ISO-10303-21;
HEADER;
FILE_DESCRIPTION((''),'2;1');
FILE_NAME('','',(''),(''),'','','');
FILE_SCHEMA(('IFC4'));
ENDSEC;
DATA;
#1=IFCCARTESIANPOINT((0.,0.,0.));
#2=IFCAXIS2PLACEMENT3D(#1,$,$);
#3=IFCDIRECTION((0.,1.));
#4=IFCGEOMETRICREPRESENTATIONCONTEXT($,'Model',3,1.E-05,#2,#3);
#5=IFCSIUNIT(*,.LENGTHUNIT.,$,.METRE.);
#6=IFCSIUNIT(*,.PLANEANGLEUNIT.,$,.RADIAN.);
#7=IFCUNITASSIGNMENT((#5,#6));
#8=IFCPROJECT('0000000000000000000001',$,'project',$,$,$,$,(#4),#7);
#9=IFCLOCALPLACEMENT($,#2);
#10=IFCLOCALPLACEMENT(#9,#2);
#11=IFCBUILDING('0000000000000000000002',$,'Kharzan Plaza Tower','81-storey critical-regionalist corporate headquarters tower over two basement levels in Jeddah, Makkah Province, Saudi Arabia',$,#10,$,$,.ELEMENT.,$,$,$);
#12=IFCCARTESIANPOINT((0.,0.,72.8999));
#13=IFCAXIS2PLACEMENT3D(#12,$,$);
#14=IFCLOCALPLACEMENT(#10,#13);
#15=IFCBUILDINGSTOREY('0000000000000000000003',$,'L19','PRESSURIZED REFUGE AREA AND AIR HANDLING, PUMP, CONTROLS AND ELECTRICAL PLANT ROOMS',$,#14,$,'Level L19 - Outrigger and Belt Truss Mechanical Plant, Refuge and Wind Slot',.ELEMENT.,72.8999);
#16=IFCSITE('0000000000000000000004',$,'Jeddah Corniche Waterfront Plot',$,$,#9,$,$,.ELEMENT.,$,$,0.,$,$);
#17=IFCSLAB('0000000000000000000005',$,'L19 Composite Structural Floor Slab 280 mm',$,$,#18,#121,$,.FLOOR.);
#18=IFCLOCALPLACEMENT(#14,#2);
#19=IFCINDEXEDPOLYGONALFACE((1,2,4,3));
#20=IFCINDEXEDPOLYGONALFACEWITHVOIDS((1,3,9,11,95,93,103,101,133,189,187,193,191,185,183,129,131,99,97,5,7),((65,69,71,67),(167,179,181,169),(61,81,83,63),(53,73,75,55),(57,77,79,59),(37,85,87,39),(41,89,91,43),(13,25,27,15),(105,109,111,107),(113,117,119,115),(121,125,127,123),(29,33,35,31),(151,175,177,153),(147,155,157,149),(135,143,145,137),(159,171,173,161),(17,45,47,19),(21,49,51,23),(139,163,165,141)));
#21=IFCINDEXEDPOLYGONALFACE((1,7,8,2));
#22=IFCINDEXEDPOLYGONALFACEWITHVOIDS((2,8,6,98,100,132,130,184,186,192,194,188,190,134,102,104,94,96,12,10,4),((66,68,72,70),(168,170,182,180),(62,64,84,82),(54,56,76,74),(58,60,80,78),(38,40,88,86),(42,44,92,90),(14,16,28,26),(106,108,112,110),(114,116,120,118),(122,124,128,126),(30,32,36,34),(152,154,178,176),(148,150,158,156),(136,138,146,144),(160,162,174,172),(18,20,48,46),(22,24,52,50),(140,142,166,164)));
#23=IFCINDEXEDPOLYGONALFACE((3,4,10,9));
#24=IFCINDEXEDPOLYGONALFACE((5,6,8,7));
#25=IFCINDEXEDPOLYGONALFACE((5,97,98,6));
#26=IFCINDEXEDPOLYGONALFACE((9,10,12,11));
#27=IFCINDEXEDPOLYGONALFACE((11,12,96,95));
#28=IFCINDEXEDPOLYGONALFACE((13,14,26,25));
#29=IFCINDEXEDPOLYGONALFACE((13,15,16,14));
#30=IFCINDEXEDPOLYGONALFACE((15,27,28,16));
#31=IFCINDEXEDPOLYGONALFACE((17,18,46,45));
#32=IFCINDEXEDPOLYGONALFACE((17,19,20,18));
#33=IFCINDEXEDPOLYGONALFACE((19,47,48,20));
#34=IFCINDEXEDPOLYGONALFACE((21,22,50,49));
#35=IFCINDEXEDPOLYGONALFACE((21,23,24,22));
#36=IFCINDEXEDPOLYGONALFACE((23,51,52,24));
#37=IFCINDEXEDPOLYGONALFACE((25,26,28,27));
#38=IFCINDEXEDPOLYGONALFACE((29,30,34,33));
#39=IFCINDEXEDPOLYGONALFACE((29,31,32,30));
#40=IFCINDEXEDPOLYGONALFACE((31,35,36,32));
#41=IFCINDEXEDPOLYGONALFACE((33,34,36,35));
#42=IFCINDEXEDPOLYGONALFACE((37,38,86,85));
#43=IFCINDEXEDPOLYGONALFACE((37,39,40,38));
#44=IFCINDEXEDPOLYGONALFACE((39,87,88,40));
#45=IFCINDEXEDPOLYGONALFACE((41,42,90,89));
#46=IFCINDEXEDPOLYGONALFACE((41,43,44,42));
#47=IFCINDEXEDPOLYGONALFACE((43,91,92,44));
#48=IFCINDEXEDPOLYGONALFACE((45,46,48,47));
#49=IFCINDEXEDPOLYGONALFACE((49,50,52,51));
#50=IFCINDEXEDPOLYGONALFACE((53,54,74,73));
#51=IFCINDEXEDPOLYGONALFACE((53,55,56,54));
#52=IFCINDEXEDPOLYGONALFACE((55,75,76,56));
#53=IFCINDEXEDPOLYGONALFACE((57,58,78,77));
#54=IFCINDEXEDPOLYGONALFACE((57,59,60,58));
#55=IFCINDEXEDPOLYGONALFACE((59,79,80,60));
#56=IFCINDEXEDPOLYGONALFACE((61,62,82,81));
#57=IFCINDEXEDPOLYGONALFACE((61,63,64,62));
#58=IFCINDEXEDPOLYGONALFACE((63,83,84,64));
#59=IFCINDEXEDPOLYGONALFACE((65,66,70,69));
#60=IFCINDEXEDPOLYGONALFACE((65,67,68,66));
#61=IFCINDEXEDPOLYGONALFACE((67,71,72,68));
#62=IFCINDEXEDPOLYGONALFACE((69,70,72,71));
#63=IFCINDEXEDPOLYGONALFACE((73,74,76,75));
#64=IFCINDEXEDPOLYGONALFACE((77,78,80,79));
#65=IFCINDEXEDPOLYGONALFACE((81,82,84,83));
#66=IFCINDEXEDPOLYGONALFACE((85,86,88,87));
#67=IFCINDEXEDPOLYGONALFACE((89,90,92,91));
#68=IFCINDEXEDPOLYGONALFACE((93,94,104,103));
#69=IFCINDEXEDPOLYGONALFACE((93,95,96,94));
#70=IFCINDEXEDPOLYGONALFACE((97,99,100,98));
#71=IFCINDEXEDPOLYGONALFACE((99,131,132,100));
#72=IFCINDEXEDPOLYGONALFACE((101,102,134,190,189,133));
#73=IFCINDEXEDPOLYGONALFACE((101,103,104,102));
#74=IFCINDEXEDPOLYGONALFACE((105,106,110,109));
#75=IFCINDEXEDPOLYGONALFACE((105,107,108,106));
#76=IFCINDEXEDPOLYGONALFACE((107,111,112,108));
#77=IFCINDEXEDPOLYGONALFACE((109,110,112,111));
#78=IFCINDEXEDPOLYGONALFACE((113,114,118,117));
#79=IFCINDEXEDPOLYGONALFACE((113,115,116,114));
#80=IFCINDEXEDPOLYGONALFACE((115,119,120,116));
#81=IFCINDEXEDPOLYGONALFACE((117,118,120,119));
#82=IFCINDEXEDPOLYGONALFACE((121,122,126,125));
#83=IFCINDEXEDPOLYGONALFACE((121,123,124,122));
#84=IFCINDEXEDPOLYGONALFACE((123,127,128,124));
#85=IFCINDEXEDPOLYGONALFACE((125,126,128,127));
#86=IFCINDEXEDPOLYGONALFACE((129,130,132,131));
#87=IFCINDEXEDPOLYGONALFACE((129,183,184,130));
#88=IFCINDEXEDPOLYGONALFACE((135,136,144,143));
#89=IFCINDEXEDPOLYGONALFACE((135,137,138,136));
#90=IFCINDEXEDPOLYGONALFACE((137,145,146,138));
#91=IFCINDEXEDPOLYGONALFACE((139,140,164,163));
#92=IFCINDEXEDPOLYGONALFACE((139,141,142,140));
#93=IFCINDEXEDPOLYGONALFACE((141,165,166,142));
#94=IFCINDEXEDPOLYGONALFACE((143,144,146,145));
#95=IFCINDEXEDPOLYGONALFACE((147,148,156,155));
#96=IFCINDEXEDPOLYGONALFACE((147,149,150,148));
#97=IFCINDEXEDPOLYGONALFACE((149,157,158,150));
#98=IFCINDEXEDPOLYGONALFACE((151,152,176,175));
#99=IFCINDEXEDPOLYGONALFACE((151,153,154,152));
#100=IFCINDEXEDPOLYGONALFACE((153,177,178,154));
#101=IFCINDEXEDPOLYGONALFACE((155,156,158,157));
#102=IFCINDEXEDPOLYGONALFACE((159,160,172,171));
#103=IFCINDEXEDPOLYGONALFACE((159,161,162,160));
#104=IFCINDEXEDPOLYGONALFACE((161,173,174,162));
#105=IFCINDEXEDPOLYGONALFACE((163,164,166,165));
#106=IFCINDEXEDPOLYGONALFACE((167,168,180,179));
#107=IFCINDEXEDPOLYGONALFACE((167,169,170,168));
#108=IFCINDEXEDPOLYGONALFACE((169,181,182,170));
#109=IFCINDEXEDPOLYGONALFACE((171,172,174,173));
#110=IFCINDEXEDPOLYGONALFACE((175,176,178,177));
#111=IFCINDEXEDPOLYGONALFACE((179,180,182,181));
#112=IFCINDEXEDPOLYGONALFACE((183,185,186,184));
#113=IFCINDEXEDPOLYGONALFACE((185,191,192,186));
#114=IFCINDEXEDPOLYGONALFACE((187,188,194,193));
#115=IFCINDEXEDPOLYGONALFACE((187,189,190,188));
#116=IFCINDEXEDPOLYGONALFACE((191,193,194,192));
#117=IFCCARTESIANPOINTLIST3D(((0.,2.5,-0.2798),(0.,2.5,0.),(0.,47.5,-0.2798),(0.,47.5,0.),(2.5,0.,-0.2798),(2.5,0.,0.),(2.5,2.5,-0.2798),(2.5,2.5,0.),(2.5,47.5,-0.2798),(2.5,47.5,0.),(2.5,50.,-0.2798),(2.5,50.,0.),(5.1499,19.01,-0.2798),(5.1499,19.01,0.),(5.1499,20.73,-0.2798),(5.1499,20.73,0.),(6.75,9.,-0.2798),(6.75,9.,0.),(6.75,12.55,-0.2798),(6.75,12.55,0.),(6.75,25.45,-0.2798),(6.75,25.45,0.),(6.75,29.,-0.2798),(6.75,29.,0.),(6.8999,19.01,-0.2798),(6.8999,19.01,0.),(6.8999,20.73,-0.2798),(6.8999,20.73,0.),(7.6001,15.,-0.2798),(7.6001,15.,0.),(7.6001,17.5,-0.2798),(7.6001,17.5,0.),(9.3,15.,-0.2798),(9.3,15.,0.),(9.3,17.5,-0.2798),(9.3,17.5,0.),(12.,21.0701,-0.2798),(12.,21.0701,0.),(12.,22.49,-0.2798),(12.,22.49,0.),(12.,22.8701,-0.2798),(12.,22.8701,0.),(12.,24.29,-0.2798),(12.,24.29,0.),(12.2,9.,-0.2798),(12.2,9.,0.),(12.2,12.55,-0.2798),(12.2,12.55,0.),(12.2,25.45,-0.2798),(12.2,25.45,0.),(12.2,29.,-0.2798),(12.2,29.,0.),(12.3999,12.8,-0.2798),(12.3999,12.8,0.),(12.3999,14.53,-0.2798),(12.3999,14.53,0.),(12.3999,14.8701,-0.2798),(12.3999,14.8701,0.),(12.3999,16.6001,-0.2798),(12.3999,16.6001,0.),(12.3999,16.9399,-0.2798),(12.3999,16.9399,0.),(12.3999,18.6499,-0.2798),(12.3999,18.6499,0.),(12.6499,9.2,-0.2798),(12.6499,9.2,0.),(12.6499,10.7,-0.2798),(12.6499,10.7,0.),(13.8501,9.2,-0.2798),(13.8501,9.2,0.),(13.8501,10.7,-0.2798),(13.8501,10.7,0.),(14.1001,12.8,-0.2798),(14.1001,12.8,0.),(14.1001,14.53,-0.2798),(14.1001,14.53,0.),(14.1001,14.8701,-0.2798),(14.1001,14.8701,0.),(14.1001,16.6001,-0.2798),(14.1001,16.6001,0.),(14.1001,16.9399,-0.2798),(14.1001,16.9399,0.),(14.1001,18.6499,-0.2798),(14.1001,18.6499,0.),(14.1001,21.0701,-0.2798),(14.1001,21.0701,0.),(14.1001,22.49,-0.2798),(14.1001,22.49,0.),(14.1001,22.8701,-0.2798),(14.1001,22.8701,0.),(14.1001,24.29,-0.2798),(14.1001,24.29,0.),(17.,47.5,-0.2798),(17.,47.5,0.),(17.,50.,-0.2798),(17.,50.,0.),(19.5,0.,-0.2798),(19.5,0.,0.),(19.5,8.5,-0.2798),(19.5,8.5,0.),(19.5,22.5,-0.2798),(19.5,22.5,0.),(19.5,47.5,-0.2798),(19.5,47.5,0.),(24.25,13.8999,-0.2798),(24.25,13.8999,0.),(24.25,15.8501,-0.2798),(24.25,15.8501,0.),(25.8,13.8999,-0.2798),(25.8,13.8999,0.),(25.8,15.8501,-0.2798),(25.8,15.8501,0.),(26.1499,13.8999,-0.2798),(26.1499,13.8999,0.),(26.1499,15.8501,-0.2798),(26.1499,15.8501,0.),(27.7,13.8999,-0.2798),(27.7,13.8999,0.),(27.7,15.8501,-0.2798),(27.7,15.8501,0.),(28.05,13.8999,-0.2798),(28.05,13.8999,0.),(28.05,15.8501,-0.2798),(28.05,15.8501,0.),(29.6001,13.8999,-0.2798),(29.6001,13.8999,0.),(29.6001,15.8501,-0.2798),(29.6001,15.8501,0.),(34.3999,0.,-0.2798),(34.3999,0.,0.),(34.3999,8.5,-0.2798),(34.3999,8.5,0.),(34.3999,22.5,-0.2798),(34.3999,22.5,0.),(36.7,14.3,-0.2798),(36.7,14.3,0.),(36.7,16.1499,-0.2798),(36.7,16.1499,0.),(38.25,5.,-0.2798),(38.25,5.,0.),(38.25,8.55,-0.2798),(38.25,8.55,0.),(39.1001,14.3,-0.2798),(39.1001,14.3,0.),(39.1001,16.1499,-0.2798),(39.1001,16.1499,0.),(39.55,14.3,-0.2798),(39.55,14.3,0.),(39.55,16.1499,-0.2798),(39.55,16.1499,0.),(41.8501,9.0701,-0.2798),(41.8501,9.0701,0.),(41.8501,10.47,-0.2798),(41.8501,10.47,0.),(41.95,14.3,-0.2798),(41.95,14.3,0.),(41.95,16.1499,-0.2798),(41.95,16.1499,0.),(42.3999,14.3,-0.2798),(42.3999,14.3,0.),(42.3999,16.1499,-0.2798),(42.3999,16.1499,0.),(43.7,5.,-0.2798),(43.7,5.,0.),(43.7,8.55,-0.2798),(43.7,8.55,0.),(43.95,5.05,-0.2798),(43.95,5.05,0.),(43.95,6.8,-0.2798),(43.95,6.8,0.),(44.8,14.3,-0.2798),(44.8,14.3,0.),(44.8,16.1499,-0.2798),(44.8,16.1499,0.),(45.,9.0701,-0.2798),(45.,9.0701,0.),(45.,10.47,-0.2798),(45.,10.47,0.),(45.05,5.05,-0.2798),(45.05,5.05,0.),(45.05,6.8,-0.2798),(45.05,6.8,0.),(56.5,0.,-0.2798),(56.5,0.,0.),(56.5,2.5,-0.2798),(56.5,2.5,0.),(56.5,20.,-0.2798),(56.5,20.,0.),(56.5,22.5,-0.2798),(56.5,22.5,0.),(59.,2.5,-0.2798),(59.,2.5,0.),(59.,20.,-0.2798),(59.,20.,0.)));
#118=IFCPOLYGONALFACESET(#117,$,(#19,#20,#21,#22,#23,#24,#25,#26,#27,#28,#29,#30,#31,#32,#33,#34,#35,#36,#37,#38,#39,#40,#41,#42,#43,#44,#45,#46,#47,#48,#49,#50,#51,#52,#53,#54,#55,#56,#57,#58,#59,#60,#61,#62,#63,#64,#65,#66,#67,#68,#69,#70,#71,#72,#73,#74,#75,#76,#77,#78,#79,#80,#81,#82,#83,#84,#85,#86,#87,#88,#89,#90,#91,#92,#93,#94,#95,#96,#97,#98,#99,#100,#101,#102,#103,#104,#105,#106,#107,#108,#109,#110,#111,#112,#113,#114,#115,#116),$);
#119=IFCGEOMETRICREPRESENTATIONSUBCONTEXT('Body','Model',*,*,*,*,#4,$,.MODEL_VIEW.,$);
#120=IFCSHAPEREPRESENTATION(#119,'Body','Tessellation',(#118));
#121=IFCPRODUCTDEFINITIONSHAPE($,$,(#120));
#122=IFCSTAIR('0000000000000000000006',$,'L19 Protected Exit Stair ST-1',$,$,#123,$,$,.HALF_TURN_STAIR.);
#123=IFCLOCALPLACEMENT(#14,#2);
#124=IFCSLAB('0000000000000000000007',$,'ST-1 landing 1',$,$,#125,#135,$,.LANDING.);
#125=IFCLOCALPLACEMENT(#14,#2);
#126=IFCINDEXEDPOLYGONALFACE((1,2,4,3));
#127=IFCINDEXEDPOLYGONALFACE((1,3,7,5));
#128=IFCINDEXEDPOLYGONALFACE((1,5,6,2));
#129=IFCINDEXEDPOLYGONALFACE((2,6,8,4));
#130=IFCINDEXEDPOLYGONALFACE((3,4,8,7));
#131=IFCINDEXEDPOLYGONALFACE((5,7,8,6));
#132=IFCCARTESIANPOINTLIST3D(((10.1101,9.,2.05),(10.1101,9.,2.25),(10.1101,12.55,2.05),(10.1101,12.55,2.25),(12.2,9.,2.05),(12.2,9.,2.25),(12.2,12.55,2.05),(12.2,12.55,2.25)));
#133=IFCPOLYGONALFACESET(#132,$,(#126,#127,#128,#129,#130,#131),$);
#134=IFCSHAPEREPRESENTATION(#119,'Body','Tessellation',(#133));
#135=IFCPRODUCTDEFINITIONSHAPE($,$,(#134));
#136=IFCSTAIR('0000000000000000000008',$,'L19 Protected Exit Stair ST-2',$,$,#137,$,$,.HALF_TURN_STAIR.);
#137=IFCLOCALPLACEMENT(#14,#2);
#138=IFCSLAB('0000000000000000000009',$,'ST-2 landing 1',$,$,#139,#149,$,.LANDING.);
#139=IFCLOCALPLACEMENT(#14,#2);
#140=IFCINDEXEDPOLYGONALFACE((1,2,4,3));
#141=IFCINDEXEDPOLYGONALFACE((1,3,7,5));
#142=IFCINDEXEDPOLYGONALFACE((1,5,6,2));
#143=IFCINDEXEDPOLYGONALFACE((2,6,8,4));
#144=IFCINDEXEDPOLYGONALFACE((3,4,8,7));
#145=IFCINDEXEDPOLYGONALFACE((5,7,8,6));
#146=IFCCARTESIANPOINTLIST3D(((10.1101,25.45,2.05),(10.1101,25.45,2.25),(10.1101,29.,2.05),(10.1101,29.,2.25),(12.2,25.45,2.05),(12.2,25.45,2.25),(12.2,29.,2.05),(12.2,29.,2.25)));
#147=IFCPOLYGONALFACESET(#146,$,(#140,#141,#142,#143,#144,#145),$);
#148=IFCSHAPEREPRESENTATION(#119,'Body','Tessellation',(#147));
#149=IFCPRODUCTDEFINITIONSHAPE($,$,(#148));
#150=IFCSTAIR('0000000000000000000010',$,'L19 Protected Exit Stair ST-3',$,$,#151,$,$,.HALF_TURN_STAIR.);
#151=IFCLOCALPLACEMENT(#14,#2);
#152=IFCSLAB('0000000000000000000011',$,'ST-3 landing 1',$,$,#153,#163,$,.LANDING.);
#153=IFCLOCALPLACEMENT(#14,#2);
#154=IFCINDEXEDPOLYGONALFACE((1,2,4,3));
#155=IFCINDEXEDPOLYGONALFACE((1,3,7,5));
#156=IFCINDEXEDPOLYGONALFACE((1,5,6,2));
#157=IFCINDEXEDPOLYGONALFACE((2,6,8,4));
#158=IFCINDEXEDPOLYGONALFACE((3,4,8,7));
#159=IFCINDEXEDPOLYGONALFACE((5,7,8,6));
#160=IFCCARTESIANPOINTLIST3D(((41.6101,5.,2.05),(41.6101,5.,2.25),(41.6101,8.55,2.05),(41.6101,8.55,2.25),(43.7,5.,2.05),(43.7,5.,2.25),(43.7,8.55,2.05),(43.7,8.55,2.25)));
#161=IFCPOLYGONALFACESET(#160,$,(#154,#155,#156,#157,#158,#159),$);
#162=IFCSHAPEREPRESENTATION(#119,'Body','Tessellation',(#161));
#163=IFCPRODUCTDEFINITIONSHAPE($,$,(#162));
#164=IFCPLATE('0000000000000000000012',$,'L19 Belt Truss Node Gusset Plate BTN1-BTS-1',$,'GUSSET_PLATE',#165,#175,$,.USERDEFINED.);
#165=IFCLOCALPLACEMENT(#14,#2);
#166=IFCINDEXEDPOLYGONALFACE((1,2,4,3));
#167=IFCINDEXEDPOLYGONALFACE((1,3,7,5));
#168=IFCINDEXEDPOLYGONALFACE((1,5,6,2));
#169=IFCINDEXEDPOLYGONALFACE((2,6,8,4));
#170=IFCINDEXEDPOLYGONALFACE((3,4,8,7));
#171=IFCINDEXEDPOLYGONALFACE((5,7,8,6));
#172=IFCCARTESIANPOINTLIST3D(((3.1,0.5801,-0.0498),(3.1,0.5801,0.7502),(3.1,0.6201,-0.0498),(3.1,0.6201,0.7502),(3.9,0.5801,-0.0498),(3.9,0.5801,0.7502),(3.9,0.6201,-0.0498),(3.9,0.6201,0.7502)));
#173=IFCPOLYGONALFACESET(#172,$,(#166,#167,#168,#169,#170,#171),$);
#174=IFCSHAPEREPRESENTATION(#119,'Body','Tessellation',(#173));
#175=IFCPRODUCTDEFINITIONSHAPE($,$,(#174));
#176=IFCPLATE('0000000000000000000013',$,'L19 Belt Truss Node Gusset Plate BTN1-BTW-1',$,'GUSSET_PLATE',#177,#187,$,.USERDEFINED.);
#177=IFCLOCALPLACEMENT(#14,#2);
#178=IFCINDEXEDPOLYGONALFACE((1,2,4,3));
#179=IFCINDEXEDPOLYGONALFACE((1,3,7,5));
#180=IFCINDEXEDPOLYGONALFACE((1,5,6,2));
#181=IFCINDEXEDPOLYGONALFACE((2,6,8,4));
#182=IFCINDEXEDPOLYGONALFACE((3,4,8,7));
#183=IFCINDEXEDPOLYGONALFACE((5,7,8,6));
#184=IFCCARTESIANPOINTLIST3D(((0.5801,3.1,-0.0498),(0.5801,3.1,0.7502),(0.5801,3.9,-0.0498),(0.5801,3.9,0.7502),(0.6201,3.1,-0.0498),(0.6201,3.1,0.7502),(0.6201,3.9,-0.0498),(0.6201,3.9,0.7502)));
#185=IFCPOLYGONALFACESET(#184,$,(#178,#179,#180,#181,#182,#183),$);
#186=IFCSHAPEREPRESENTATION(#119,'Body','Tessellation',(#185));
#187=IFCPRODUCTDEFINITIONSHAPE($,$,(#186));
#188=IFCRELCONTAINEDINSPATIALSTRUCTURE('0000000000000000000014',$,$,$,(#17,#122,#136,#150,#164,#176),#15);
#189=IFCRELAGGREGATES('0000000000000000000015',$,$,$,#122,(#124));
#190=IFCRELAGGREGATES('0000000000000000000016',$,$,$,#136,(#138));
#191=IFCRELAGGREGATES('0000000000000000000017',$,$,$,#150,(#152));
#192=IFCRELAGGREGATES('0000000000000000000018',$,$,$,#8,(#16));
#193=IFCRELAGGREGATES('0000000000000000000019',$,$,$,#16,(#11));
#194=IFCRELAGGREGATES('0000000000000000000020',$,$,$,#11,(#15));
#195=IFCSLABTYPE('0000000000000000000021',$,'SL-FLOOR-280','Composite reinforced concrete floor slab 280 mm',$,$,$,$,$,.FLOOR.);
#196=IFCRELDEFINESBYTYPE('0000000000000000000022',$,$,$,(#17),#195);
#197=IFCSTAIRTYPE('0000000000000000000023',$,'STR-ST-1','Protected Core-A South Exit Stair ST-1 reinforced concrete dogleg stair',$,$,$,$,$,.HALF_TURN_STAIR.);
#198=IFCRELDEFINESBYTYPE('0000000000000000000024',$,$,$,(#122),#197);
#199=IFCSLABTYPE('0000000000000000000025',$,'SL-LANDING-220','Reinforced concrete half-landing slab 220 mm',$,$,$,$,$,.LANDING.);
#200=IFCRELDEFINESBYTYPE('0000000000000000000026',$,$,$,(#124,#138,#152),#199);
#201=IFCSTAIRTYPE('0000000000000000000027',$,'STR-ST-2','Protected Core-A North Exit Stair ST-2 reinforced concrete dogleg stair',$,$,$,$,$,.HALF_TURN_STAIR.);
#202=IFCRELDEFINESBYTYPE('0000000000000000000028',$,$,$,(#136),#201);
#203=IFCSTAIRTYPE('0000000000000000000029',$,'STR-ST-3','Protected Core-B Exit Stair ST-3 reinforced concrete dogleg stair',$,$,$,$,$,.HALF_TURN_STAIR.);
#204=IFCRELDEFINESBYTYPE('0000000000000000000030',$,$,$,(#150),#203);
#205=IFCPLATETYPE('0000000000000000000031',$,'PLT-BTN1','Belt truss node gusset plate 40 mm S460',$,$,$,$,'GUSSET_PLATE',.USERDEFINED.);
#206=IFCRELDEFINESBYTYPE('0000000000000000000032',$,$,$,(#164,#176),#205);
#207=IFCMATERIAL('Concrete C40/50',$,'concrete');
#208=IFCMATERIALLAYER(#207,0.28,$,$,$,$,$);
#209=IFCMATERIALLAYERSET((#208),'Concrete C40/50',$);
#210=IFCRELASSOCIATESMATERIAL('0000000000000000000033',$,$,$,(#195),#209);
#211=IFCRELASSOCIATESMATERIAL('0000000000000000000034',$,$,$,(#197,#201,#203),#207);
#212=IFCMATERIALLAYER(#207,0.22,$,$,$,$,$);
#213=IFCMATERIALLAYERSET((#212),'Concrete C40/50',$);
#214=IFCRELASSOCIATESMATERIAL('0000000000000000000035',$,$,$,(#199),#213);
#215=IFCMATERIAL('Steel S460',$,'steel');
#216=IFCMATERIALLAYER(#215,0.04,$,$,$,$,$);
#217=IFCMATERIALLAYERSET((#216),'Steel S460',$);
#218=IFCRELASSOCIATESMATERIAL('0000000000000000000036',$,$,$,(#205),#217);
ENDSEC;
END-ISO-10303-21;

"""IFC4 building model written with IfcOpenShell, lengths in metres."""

from ifc_helpers import new_model, si_unit, direction, frame, origin, origin_2d, place, context, subcontext, project, spatial, polyline, rectangle, outline, extrude, source, transform, mapped, material, layer, layer_set, type_object, element, aggregate, save


model = new_model("IFC4")

# Units and contexts
model_context = context("Model", 3, precision=1e-05, world=origin(), true_north=direction((0.0, 1.0)))
body_context = subcontext(model_context, "Body", "Model", "MODEL_VIEW")
ifc_project = project(units=[si_unit("LENGTHUNIT", "METRE"), si_unit("PLANEANGLEUNIT", "RADIAN")], contexts=[model_context])

# Site, building, storey
site_placement = place(None, origin())
site = spatial("IfcSite", under=ifc_project, at=site_placement, Name="Jeddah Corniche Waterfront Plot", CompositionType="ELEMENT", RefElevation=0.0)
building_placement = place(site_placement, origin())
building = spatial("IfcBuilding", under=site, at=building_placement, Name="Kharzan Plaza Tower", Description="81-storey critical-regionalist corporate headquarters tower over two basement levels in Jeddah, Makkah Province, Saudi Arabia", CompositionType="ELEMENT")
storey_placement = place(building_placement, frame((0.0, 0.0, 72.8999)))
storey = spatial("IfcBuildingStorey", under=building, at=storey_placement, Name="L19", Description="PRESSURIZED REFUGE AREA AND AIR HANDLING, PUMP, CONTROLS AND ELECTRICAL PLANT ROOMS", LongName="Level L19 - Outrigger and Belt Truss Mechanical Plant, Refuge and Wind Slot", CompositionType="ELEMENT", Elevation=72.8999)

# Slab
ifc_material_1 = material(Name="Concrete C40/50", Category="concrete")
ifc_layer_1 = layer(ifc_material_1, 0.28)
ifc_layer_set_1 = layer_set([ifc_layer_1], Name="Concrete C40/50")
slab_type_1 = type_object("IfcSlabType", Name="SL-FLOOR-280", Description="Composite reinforced concrete floor slab 280 mm", PredefinedType="FLOOR", material=ifc_layer_set_1)
slab_1_placement = place(storey_placement, frame((0.0, 0.0, -0.2798)))
element("IfcSlab", 1, at=slab_1_placement, inside=storey, type_object=slab_type_1, Name="L19 Composite Structural Floor Slab 280 mm", PredefinedType="FLOOR", context=body_context, shape_type="SweptSolid", body=[
    extrude(outline(polyline([(34.3999, 22.5), (19.5, 22.5), (19.5, 47.5), (17.0, 47.5), (17.0, 50.0), (2.5, 50.0), (2.5, 47.5), (0.0, 47.5), (0.0, 2.5), (2.5, 2.5), (2.5, 0.0), (19.5, 0.0), (19.5, 8.5), (34.3999, 8.5), (34.3999, 0.0), (56.5, 0.0), (56.5, 2.5), (59.0, 2.5), (59.0, 20.0), (56.5, 20.0), (56.5, 22.5), (34.3999, 22.5)]), holes=[polyline([(13.8501, 9.2), (13.8501, 10.7), (12.6499, 10.7), (12.6499, 9.2), (13.8501, 9.2)]), polyline([(12.2, 9.0), (12.2, 12.55), (6.75, 12.55), (6.75, 9.0), (12.2, 9.0)]), polyline([(14.1001, 12.8), (14.1001, 14.53), (12.3999, 14.53), (12.3999, 12.8), (14.1001, 12.8)]), polyline([(14.1001, 14.8701), (14.1001, 16.6001), (12.3999, 16.6001), (12.3999, 14.8701), (14.1001, 14.8701)]), polyline([(9.3, 15.0), (9.3, 17.5), (7.6001, 17.5), (7.6001, 15.0), (9.3, 15.0)]), polyline([(14.1001, 16.9399), (14.1001, 18.6499), (12.3999, 18.6499), (12.3999, 16.9399), (14.1001, 16.9399)]), polyline([(6.8999, 19.01), (6.8999, 20.73), (5.1499, 20.73), (5.1499, 19.01), (6.8999, 19.01)]), polyline([(12.0, 21.0701), (14.1001, 21.0701), (14.1001, 22.49), (12.0, 22.49), (12.0, 21.0701)]), polyline([(12.0, 22.8701), (14.1001, 22.8701), (14.1001, 24.29), (12.0, 24.29), (12.0, 22.8701)]), polyline([(12.2, 25.45), (12.2, 29.0), (6.75, 29.0), (6.75, 25.45), (12.2, 25.45)]), polyline([(45.05, 5.05), (45.05, 6.8), (43.95, 6.8), (43.95, 5.05), (45.05, 5.05)]), polyline([(43.7, 5.0), (43.7, 8.55), (38.25, 8.55), (38.25, 5.0), (43.7, 5.0)]), polyline([(41.8501, 9.0701), (45.0, 9.0701), (45.0, 10.47), (41.8501, 10.47), (41.8501, 9.0701)]), polyline([(24.25, 13.8999), (25.8, 13.8999), (25.8, 15.8501), (24.25, 15.8501), (24.25, 13.8999)]), polyline([(27.7, 13.8999), (27.7, 15.8501), (26.1499, 15.8501), (26.1499, 13.8999), (27.7, 13.8999)]), polyline([(29.6001, 13.8999), (29.6001, 15.8501), (28.05, 15.8501), (28.05, 13.8999), (29.6001, 13.8999)]), polyline([(39.1001, 14.3), (39.1001, 16.1499), (36.7, 16.1499), (36.7, 14.3), (39.1001, 14.3)]), polyline([(39.55, 14.3), (41.95, 14.3), (41.95, 16.1499), (39.55, 16.1499), (39.55, 14.3)]), polyline([(42.3999, 14.3), (44.8, 14.3), (44.8, 16.1499), (42.3999, 16.1499), (42.3999, 14.3)])]), origin(), (0.0, 0.0, 1.0), 0.2798),
])

# Stairs, slabs
stair_type_1 = type_object("IfcStairType", Name="STR-ST-1", Description="Protected Core-A South Exit Stair ST-1 reinforced concrete dogleg stair", PredefinedType="HALF_TURN_STAIR", material=ifc_material_1)
stair_1_placement = place(storey_placement, origin())
stair_1 = element("IfcStair", 2, at=stair_1_placement, inside=storey, type_object=stair_type_1, Name="L19 Protected Exit Stair ST-1", PredefinedType="HALF_TURN_STAIR")
ifc_layer_2 = layer(ifc_material_1, 0.22)
ifc_layer_set_2 = layer_set([ifc_layer_2], Name="Concrete C40/50")
slab_type_2 = type_object("IfcSlabType", Name="SL-LANDING-220", Description="Reinforced concrete half-landing slab 220 mm", PredefinedType="LANDING", material=ifc_layer_set_2)
slab_2_placement = place(storey_placement, frame((0.0, 0.0, 2.05)))
slab_2 = element("IfcSlab", 3, at=slab_2_placement, type_object=slab_type_2, Name="ST-1 landing 1", PredefinedType="LANDING", context=body_context, shape_type="SweptSolid", body=[
    extrude(outline(polyline([(10.1101, 9.0), (12.2, 9.0), (12.2, 12.55), (10.1101, 12.55), (10.1101, 9.0)])), origin(), (0.0, 0.0, 1.0), 0.2),
])
aggregate(stair_1, [slab_2])
stair_type_2 = type_object("IfcStairType", Name="STR-ST-2", Description="Protected Core-A North Exit Stair ST-2 reinforced concrete dogleg stair", PredefinedType="HALF_TURN_STAIR", material=ifc_material_1)
stair_2_placement = place(storey_placement, origin())
stair_2 = element("IfcStair", 4, at=stair_2_placement, inside=storey, type_object=stair_type_2, Name="L19 Protected Exit Stair ST-2", PredefinedType="HALF_TURN_STAIR")
slab_3_placement = place(storey_placement, frame((0.0, 0.0, 2.05)))
slab_3 = element("IfcSlab", 5, at=slab_3_placement, type_object=slab_type_2, Name="ST-2 landing 1", PredefinedType="LANDING", context=body_context, shape_type="SweptSolid", body=[
    extrude(outline(polyline([(10.1101, 25.45), (12.2, 25.45), (12.2, 29.0), (10.1101, 29.0), (10.1101, 25.45)])), origin(), (0.0, 0.0, 1.0), 0.2),
])
aggregate(stair_2, [slab_3])
stair_type_3 = type_object("IfcStairType", Name="STR-ST-3", Description="Protected Core-B Exit Stair ST-3 reinforced concrete dogleg stair", PredefinedType="HALF_TURN_STAIR", material=ifc_material_1)
stair_3_placement = place(storey_placement, origin())
stair_3 = element("IfcStair", 6, at=stair_3_placement, inside=storey, type_object=stair_type_3, Name="L19 Protected Exit Stair ST-3", PredefinedType="HALF_TURN_STAIR")
slab_4_placement = place(storey_placement, frame((0.0, 0.0, 2.05)))
slab_4 = element("IfcSlab", 7, at=slab_4_placement, type_object=slab_type_2, Name="ST-3 landing 1", PredefinedType="LANDING", context=body_context, shape_type="SweptSolid", body=[
    extrude(outline(polyline([(41.6101, 5.0), (43.7, 5.0), (43.7, 8.55), (41.6101, 8.55), (41.6101, 5.0)])), origin(), (0.0, 0.0, 1.0), 0.2),
])
aggregate(stair_3, [slab_4])

# Plates
ifc_material_2 = material(Name="Steel S460", Category="steel")
ifc_layer_3 = layer(ifc_material_2, 0.04)
ifc_layer_set_3 = layer_set([ifc_layer_3], Name="Steel S460")
plate_type = type_object("IfcPlateType", Name="PLT-BTN1", Description="Belt truss node gusset plate 40 mm S460", ElementType="GUSSET_PLATE", PredefinedType="USERDEFINED", material=ifc_layer_set_3)
shared_shape_1 = source(origin(), body_context, "Body", "SweptSolid", [
    extrude(rectangle(XDim=0.8, YDim=0.04, at=origin_2d()), origin(), (0.0, 0.0, 1.0), 0.8),
])
for number, where, z_axis, x_axis, name in (
    (8, (3.5, 0.6001, -0.0498), (0.0, 0.0, 1.0), (1.0, 0.0, 0.0), "L19 Belt Truss Node Gusset Plate BTN1-BTS-1"),
    (9, (0.6001, 3.5, -0.0498), (0.0, 0.0, 1.0), (0.0, 1.0, 0.0), "L19 Belt Truss Node Gusset Plate BTN1-BTW-1"),
):
    element("IfcPlate", number, at=place(storey_placement, frame(where, z_axis=z_axis, x_axis=x_axis)), inside=storey, type_object=plate_type, Name=name, ObjectType="GUSSET_PLATE", PredefinedType="USERDEFINED", context=body_context, shape_type="MappedRepresentation", body=[
        mapped(shared_shape_1, transform((0.0, 0.0, 0.0), x_axis=(1.0, 0.0, 0.0), y_axis=(0.0, 1.0, 0.0), z_axis=(0.0, 0.0, 1.0))),
    ])

save(model, "model.ifc")
